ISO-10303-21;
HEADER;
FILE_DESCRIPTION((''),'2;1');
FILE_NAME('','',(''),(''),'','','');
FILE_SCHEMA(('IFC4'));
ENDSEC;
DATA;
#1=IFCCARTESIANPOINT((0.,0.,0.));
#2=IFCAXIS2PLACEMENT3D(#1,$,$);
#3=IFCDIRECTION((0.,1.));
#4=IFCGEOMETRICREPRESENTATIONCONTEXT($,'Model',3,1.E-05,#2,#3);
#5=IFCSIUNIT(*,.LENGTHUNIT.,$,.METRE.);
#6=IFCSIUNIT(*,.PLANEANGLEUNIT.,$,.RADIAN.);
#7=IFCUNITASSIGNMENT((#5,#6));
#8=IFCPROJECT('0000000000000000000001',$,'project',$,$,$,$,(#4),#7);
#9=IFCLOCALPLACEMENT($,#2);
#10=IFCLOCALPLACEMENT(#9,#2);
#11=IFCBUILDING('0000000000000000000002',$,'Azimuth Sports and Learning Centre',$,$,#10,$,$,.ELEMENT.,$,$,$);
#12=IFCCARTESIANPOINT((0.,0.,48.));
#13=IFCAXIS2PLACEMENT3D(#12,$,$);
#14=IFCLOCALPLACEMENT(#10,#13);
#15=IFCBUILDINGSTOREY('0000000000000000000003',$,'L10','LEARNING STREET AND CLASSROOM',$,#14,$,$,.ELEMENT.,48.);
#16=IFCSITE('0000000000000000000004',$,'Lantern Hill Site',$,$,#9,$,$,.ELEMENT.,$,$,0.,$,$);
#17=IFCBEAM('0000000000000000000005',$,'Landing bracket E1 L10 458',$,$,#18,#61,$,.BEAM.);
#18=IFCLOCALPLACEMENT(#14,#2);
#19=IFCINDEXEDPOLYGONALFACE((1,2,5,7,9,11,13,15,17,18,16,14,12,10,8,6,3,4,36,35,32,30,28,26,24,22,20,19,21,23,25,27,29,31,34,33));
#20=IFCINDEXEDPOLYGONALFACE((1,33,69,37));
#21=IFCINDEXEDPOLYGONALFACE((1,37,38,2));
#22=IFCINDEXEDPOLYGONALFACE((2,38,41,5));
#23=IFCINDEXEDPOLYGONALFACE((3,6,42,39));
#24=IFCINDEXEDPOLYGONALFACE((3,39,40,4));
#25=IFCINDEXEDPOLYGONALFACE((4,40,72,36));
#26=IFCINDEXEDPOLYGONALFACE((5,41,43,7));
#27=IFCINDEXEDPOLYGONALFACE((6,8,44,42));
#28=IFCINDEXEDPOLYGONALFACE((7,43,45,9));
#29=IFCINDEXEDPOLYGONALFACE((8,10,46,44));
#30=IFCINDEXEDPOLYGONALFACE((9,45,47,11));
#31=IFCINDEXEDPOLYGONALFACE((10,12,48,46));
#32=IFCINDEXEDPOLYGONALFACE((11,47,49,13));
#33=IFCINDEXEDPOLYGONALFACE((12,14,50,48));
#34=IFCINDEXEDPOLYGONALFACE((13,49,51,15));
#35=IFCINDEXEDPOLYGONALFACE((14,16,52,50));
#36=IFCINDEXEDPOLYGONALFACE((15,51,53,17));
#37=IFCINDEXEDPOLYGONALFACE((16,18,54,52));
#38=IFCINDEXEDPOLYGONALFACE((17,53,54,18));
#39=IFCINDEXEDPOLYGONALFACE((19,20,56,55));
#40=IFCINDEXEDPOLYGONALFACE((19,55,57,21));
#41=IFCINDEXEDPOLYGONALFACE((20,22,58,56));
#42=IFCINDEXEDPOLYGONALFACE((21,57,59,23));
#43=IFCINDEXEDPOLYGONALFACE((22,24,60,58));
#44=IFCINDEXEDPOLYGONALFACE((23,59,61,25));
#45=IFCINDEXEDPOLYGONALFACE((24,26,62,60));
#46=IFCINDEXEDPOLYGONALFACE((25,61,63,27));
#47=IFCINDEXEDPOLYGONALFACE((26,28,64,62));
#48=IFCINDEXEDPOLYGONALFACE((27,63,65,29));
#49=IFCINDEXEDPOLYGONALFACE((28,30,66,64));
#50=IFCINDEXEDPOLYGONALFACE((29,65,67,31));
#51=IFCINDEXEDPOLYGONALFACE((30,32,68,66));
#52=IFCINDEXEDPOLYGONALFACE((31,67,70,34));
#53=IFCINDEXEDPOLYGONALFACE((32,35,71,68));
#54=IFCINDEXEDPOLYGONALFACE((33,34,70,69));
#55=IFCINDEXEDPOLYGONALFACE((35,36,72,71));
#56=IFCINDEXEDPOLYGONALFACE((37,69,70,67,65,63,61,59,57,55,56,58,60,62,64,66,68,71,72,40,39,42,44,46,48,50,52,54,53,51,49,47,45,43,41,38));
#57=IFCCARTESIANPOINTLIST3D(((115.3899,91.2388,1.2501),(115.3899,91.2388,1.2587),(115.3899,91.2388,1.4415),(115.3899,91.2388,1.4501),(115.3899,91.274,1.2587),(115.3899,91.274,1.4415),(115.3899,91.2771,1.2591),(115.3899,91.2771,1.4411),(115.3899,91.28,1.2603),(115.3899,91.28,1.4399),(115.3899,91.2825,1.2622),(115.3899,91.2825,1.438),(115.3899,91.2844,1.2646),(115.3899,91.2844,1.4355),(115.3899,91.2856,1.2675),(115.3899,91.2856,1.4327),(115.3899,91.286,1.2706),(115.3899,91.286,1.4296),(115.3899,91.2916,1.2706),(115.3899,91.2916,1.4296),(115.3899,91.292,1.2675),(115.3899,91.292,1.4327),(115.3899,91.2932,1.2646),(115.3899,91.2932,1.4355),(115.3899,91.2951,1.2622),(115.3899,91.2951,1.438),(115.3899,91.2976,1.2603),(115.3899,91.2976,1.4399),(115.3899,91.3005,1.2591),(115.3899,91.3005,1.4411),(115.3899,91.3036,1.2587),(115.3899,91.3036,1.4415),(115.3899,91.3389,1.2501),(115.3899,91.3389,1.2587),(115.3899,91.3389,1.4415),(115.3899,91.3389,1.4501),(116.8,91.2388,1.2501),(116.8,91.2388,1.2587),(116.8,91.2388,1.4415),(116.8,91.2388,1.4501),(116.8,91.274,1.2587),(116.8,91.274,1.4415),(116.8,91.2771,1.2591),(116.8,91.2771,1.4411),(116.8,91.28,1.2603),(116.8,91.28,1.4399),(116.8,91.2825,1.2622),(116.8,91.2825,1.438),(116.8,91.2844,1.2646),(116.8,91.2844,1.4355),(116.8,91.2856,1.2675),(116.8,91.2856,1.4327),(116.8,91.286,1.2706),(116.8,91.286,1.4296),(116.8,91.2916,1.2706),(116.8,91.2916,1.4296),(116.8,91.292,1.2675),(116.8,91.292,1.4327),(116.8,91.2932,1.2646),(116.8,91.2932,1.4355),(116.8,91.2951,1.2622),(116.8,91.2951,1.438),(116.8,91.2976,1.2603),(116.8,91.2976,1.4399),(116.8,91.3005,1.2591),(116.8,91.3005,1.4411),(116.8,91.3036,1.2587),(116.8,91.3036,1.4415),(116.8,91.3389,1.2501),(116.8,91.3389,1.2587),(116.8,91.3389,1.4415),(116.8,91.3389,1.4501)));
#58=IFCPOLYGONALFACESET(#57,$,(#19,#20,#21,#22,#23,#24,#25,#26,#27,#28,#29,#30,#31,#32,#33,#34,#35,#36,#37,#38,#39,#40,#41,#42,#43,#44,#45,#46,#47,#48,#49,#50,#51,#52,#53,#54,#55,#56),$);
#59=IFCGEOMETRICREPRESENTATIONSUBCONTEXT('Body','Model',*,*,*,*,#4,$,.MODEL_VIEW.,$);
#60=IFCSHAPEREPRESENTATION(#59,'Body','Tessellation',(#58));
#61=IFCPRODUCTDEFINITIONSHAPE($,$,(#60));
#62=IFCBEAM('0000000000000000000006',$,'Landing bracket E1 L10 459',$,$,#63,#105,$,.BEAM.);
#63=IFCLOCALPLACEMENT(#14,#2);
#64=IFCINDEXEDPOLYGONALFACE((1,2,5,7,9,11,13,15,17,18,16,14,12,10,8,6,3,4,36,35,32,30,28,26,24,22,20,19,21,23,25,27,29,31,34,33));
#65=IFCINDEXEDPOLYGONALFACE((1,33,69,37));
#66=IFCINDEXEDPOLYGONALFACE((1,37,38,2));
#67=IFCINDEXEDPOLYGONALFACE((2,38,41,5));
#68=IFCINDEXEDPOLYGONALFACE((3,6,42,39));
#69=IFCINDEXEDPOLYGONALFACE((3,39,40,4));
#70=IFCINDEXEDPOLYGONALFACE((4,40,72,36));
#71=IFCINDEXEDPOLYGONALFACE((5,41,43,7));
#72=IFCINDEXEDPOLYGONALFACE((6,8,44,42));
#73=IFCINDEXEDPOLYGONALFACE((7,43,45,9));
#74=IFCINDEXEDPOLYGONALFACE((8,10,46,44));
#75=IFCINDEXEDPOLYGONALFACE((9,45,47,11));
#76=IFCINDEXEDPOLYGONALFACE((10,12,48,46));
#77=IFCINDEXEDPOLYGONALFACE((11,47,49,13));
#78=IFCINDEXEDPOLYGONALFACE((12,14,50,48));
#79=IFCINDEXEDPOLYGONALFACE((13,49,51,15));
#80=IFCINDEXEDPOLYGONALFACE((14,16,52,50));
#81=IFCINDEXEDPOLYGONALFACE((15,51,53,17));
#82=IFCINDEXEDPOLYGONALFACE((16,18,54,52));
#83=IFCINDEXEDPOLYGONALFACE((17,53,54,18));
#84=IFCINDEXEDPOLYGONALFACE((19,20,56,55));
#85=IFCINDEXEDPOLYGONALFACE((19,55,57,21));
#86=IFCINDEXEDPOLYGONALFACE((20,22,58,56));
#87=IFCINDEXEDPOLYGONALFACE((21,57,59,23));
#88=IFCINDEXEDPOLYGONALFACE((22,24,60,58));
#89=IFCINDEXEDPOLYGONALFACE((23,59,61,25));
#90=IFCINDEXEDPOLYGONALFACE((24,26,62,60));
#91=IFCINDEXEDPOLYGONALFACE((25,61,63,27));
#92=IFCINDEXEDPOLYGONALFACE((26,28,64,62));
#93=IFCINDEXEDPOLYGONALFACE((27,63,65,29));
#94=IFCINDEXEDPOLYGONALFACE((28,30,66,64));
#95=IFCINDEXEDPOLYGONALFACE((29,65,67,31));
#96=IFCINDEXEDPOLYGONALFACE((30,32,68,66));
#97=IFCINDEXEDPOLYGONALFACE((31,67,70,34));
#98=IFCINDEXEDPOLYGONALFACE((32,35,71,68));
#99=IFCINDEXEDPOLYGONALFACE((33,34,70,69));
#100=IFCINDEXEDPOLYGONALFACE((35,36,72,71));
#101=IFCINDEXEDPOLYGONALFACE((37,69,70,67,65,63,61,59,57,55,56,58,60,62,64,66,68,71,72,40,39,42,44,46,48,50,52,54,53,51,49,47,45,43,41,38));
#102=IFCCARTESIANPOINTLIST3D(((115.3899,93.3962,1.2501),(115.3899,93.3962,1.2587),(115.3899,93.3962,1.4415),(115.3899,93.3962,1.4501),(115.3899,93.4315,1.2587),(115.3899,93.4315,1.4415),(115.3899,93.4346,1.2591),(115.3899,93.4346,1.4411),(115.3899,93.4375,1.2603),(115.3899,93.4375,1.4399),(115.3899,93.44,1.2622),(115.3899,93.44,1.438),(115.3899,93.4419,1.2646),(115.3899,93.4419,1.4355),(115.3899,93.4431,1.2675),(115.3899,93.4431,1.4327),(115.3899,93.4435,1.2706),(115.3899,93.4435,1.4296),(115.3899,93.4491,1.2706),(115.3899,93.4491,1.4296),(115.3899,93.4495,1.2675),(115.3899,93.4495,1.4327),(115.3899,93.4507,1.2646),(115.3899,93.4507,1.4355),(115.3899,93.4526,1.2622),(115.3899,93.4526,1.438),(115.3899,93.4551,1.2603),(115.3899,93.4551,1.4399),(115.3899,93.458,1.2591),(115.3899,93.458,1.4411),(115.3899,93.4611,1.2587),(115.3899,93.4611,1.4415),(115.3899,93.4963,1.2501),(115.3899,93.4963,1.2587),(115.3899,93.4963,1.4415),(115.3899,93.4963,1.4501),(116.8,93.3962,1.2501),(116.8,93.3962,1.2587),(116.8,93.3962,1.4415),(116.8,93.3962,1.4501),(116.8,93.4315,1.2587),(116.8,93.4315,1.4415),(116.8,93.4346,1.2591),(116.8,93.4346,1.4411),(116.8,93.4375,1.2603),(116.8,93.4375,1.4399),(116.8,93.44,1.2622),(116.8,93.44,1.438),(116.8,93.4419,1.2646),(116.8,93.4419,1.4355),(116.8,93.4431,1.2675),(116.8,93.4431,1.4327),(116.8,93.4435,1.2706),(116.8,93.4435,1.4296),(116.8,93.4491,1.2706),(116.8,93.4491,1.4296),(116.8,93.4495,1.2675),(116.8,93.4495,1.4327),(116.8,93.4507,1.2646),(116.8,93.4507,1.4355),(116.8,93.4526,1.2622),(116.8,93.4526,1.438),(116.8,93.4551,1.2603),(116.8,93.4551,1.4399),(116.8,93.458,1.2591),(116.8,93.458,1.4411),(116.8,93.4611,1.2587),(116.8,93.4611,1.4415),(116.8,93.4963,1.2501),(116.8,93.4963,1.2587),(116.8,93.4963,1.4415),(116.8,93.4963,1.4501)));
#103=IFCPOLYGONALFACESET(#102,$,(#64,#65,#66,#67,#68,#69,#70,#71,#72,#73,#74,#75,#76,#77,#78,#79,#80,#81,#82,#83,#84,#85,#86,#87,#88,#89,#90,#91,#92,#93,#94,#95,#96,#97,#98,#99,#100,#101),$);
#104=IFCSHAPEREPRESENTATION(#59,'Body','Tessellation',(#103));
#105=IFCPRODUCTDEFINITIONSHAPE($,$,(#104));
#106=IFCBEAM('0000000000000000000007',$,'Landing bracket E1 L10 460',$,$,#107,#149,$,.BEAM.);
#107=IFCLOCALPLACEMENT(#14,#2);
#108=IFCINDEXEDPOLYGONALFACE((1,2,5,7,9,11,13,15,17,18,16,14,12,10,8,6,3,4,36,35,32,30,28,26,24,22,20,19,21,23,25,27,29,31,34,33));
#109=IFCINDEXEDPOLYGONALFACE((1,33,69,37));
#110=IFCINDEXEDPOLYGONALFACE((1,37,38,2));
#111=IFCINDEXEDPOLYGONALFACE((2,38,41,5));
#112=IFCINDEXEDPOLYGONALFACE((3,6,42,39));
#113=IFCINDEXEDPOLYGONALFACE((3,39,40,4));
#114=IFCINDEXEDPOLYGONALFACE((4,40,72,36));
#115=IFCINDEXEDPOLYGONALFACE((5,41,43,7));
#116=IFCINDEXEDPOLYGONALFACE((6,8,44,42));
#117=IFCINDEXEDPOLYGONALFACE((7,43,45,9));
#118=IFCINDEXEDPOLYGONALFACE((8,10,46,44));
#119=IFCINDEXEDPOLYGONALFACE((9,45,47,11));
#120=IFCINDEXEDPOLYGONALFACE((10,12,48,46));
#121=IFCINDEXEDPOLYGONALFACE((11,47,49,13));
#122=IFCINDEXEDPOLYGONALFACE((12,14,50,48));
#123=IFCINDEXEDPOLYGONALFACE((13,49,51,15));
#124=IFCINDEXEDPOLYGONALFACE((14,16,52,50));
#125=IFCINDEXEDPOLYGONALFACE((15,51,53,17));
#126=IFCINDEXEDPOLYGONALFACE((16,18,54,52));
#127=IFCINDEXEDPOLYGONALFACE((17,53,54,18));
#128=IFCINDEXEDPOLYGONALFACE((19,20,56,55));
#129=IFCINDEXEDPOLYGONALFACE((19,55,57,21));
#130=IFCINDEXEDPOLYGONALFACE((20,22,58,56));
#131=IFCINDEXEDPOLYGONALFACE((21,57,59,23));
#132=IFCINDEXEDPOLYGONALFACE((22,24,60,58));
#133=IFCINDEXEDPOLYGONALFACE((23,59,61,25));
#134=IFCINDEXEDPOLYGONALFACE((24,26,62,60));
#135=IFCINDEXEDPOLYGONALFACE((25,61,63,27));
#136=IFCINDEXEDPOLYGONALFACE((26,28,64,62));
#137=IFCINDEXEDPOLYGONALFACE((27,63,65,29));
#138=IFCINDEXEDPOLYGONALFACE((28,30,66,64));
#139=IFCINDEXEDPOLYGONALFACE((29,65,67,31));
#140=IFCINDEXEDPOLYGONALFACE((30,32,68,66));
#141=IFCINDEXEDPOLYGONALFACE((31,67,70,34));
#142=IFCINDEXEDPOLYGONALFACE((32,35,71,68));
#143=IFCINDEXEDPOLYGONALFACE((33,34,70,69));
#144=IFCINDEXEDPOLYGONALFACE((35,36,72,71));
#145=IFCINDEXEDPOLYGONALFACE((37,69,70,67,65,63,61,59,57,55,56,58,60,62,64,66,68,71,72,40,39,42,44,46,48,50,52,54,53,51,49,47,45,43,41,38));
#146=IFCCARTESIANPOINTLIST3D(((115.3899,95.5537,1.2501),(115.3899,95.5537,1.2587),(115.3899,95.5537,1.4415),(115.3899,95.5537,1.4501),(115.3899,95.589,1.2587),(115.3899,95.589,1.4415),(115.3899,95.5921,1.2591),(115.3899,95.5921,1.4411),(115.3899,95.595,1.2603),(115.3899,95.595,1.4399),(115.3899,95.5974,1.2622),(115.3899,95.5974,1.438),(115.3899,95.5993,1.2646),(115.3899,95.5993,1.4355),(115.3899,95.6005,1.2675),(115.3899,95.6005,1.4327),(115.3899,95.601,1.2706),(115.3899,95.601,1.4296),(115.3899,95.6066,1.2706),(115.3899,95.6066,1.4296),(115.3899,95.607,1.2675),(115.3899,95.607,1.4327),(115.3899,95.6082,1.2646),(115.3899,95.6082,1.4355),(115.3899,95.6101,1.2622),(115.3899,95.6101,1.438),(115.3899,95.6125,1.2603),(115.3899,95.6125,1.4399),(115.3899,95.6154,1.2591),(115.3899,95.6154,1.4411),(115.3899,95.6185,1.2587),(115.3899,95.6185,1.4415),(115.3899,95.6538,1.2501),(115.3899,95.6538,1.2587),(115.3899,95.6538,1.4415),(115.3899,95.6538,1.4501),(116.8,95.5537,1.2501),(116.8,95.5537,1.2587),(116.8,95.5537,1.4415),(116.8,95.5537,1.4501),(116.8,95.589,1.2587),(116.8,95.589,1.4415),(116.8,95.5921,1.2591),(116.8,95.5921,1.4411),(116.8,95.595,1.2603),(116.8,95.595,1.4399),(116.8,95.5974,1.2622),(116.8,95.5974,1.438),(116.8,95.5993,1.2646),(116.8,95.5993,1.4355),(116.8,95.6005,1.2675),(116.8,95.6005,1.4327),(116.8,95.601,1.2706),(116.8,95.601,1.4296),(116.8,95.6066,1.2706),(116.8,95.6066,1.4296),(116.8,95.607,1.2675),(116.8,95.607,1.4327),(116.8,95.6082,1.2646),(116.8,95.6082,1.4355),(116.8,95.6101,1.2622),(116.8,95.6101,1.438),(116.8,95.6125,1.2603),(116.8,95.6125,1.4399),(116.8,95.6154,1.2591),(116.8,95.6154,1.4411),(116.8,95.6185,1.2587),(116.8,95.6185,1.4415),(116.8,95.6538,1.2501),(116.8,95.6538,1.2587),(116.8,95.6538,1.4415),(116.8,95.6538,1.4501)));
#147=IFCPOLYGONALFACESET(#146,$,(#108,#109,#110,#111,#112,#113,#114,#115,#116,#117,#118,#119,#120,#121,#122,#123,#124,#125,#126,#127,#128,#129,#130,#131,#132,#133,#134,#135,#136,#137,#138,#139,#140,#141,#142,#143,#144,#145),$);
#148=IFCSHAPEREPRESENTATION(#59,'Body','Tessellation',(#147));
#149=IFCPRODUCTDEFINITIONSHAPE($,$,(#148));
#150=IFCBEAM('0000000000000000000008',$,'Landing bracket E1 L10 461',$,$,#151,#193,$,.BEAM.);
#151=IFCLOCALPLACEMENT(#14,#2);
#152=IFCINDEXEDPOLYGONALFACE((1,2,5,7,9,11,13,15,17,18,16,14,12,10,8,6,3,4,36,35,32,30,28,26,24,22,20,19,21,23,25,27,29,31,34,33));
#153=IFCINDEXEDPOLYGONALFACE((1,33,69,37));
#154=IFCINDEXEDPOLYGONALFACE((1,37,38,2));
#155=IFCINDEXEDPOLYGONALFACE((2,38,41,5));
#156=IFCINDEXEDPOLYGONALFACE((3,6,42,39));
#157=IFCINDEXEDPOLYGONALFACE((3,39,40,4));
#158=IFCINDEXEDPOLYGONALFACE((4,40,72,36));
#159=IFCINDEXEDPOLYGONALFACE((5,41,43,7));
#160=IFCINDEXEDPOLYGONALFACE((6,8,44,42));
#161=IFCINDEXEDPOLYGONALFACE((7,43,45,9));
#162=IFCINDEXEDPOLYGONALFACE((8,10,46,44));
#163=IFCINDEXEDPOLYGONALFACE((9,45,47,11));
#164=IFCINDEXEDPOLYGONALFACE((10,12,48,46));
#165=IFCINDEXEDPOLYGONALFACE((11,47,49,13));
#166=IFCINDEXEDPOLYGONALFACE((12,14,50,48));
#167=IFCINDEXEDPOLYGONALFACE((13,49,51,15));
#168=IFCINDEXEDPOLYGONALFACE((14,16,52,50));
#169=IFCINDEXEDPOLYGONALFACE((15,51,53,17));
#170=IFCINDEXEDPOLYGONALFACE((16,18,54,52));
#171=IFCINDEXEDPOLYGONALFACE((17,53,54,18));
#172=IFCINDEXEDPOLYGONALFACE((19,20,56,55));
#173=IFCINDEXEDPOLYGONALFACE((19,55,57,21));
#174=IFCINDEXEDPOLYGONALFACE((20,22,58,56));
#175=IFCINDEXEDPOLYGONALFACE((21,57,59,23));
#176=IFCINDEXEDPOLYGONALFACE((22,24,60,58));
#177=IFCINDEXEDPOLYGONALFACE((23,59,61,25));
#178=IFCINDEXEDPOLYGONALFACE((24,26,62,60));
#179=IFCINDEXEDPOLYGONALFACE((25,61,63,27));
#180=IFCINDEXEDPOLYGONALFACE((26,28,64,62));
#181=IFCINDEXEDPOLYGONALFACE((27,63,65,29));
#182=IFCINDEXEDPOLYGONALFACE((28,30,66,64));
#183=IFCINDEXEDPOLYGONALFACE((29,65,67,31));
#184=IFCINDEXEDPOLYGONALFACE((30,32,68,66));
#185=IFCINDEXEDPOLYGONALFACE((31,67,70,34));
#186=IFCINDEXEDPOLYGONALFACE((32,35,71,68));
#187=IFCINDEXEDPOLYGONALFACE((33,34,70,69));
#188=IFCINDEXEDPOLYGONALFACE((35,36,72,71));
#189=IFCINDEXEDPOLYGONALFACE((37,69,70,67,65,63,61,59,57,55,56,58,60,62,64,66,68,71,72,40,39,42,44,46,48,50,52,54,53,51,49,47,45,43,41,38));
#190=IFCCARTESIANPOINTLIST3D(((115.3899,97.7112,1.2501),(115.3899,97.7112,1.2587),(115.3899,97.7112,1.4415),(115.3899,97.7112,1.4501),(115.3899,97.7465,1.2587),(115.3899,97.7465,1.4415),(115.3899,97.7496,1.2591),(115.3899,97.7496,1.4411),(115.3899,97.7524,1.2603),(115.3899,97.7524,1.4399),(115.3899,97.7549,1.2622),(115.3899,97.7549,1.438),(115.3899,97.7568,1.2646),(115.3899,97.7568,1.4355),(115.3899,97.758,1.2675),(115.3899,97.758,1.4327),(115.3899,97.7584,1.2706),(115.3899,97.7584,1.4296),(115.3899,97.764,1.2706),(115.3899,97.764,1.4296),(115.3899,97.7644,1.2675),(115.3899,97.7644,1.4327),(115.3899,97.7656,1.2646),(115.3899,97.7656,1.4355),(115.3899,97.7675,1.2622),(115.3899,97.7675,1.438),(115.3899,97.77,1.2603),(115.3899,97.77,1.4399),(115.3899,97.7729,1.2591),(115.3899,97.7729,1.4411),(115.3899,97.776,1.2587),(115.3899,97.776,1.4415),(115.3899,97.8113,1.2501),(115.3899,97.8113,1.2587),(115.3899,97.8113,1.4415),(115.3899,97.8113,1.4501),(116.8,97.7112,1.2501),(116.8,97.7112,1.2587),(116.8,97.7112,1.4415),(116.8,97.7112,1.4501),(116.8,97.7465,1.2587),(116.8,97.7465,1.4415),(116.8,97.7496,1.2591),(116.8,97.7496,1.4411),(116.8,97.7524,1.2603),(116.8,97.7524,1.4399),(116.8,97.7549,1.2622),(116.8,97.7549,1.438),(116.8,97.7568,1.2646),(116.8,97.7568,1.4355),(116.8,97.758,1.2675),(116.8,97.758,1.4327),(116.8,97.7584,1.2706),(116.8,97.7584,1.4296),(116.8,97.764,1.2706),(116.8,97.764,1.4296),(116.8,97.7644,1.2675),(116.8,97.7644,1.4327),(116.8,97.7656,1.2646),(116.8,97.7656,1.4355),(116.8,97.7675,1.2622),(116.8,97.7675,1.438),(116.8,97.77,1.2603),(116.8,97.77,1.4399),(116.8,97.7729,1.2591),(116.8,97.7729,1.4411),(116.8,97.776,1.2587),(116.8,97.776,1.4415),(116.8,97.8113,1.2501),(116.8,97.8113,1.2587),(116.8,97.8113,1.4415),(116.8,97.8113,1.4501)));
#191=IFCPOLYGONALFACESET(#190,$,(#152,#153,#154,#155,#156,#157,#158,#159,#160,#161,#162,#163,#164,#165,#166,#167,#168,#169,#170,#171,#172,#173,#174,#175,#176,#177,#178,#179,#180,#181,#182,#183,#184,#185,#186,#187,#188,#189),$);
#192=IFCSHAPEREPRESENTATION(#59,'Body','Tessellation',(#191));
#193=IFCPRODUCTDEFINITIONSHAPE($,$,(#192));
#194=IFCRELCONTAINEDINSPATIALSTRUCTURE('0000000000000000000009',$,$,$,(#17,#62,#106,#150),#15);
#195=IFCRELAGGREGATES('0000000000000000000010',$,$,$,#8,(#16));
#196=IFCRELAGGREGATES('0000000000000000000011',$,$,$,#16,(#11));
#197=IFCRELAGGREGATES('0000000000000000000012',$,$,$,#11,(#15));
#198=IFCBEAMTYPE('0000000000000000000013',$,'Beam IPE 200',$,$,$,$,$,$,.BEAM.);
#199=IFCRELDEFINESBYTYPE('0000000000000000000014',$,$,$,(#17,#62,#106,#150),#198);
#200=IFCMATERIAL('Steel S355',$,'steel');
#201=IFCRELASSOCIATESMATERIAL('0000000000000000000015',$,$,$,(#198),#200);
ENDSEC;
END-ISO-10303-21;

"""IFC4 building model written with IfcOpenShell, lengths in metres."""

from ifc_helpers import new_model, si_unit, direction, frame, origin, origin_2d, place, context, subcontext, project, spatial, i_section, extrude, material, material_profile, profile_set, type_object, element, save


model = new_model("IFC4")

# Units and contexts
model_context = context("Model", 3, precision=1e-05, world=origin(), true_north=direction((0.0, 1.0)))
body_context = subcontext(model_context, "Body", "Model", "MODEL_VIEW")
ifc_project = project(units=[si_unit("LENGTHUNIT", "METRE"), si_unit("PLANEANGLEUNIT", "RADIAN")], contexts=[model_context])

# Site, building, storey
site_placement = place(None, origin())
site = spatial("IfcSite", under=ifc_project, at=site_placement, Name="Lantern Hill Site", CompositionType="ELEMENT", RefElevation=0.0)
building_placement = place(site_placement, origin())
building = spatial("IfcBuilding", under=site, at=building_placement, Name="Azimuth Sports and Learning Centre", CompositionType="ELEMENT")
storey_placement = place(building_placement, frame((0.0, 0.0, 48.0)))
storey = spatial("IfcBuildingStorey", under=building, at=storey_placement, Name="L10", Description="LEARNING STREET AND CLASSROOM", CompositionType="ELEMENT", Elevation=48.0)

# Beams
ifc_material_1 = material(Name="Steel S355", Category="steel")
ifc_material_profile = material_profile(ifc_material_1, i_section(OverallWidth=0.1001, OverallDepth=0.2, WebThickness=0.0056, FlangeThickness=0.0085, FilletRadius=0.012, at=origin_2d()), Name="IPE 200")
ifc_profile_set = profile_set([ifc_material_profile], Name="Steel S355")
beam_type = type_object("IfcBeamType", Name="Beam IPE 200", PredefinedType="BEAM", material=ifc_profile_set)
for number, where, z_axis, x_axis, name in (
    (1, (116.8, 91.2888, 1.3501), (-1.0, 0.0, 0.0), (0.0, -1.0, 0.0), "Landing bracket E1 L10 458"),
    (2, (116.8, 93.4463, 1.3501), (-1.0, 0.0, 0.0), (0.0, -1.0, 0.0), "Landing bracket E1 L10 459"),
    (3, (116.8, 95.6038, 1.3501), (-1.0, 0.0, 0.0), (0.0, -1.0, 0.0), "Landing bracket E1 L10 460"),
    (4, (116.8, 97.7612, 1.3501), (-1.0, 0.0, 0.0), (0.0, -1.0, 0.0), "Landing bracket E1 L10 461"),
):
    element("IfcBeam", number, at=place(storey_placement, frame(where, z_axis=z_axis, x_axis=x_axis)), inside=storey, type_object=beam_type, Name=name, PredefinedType="BEAM", context=body_context, shape_type="SweptSolid", body=[
        extrude(i_section(OverallWidth=0.1001, OverallDepth=0.2, WebThickness=0.0056, FlangeThickness=0.0085, FilletRadius=0.012, at=origin_2d()), origin(), (0.0, 0.0, 1.0), 1.4102),
    ])

save(model, "model.ifc")
